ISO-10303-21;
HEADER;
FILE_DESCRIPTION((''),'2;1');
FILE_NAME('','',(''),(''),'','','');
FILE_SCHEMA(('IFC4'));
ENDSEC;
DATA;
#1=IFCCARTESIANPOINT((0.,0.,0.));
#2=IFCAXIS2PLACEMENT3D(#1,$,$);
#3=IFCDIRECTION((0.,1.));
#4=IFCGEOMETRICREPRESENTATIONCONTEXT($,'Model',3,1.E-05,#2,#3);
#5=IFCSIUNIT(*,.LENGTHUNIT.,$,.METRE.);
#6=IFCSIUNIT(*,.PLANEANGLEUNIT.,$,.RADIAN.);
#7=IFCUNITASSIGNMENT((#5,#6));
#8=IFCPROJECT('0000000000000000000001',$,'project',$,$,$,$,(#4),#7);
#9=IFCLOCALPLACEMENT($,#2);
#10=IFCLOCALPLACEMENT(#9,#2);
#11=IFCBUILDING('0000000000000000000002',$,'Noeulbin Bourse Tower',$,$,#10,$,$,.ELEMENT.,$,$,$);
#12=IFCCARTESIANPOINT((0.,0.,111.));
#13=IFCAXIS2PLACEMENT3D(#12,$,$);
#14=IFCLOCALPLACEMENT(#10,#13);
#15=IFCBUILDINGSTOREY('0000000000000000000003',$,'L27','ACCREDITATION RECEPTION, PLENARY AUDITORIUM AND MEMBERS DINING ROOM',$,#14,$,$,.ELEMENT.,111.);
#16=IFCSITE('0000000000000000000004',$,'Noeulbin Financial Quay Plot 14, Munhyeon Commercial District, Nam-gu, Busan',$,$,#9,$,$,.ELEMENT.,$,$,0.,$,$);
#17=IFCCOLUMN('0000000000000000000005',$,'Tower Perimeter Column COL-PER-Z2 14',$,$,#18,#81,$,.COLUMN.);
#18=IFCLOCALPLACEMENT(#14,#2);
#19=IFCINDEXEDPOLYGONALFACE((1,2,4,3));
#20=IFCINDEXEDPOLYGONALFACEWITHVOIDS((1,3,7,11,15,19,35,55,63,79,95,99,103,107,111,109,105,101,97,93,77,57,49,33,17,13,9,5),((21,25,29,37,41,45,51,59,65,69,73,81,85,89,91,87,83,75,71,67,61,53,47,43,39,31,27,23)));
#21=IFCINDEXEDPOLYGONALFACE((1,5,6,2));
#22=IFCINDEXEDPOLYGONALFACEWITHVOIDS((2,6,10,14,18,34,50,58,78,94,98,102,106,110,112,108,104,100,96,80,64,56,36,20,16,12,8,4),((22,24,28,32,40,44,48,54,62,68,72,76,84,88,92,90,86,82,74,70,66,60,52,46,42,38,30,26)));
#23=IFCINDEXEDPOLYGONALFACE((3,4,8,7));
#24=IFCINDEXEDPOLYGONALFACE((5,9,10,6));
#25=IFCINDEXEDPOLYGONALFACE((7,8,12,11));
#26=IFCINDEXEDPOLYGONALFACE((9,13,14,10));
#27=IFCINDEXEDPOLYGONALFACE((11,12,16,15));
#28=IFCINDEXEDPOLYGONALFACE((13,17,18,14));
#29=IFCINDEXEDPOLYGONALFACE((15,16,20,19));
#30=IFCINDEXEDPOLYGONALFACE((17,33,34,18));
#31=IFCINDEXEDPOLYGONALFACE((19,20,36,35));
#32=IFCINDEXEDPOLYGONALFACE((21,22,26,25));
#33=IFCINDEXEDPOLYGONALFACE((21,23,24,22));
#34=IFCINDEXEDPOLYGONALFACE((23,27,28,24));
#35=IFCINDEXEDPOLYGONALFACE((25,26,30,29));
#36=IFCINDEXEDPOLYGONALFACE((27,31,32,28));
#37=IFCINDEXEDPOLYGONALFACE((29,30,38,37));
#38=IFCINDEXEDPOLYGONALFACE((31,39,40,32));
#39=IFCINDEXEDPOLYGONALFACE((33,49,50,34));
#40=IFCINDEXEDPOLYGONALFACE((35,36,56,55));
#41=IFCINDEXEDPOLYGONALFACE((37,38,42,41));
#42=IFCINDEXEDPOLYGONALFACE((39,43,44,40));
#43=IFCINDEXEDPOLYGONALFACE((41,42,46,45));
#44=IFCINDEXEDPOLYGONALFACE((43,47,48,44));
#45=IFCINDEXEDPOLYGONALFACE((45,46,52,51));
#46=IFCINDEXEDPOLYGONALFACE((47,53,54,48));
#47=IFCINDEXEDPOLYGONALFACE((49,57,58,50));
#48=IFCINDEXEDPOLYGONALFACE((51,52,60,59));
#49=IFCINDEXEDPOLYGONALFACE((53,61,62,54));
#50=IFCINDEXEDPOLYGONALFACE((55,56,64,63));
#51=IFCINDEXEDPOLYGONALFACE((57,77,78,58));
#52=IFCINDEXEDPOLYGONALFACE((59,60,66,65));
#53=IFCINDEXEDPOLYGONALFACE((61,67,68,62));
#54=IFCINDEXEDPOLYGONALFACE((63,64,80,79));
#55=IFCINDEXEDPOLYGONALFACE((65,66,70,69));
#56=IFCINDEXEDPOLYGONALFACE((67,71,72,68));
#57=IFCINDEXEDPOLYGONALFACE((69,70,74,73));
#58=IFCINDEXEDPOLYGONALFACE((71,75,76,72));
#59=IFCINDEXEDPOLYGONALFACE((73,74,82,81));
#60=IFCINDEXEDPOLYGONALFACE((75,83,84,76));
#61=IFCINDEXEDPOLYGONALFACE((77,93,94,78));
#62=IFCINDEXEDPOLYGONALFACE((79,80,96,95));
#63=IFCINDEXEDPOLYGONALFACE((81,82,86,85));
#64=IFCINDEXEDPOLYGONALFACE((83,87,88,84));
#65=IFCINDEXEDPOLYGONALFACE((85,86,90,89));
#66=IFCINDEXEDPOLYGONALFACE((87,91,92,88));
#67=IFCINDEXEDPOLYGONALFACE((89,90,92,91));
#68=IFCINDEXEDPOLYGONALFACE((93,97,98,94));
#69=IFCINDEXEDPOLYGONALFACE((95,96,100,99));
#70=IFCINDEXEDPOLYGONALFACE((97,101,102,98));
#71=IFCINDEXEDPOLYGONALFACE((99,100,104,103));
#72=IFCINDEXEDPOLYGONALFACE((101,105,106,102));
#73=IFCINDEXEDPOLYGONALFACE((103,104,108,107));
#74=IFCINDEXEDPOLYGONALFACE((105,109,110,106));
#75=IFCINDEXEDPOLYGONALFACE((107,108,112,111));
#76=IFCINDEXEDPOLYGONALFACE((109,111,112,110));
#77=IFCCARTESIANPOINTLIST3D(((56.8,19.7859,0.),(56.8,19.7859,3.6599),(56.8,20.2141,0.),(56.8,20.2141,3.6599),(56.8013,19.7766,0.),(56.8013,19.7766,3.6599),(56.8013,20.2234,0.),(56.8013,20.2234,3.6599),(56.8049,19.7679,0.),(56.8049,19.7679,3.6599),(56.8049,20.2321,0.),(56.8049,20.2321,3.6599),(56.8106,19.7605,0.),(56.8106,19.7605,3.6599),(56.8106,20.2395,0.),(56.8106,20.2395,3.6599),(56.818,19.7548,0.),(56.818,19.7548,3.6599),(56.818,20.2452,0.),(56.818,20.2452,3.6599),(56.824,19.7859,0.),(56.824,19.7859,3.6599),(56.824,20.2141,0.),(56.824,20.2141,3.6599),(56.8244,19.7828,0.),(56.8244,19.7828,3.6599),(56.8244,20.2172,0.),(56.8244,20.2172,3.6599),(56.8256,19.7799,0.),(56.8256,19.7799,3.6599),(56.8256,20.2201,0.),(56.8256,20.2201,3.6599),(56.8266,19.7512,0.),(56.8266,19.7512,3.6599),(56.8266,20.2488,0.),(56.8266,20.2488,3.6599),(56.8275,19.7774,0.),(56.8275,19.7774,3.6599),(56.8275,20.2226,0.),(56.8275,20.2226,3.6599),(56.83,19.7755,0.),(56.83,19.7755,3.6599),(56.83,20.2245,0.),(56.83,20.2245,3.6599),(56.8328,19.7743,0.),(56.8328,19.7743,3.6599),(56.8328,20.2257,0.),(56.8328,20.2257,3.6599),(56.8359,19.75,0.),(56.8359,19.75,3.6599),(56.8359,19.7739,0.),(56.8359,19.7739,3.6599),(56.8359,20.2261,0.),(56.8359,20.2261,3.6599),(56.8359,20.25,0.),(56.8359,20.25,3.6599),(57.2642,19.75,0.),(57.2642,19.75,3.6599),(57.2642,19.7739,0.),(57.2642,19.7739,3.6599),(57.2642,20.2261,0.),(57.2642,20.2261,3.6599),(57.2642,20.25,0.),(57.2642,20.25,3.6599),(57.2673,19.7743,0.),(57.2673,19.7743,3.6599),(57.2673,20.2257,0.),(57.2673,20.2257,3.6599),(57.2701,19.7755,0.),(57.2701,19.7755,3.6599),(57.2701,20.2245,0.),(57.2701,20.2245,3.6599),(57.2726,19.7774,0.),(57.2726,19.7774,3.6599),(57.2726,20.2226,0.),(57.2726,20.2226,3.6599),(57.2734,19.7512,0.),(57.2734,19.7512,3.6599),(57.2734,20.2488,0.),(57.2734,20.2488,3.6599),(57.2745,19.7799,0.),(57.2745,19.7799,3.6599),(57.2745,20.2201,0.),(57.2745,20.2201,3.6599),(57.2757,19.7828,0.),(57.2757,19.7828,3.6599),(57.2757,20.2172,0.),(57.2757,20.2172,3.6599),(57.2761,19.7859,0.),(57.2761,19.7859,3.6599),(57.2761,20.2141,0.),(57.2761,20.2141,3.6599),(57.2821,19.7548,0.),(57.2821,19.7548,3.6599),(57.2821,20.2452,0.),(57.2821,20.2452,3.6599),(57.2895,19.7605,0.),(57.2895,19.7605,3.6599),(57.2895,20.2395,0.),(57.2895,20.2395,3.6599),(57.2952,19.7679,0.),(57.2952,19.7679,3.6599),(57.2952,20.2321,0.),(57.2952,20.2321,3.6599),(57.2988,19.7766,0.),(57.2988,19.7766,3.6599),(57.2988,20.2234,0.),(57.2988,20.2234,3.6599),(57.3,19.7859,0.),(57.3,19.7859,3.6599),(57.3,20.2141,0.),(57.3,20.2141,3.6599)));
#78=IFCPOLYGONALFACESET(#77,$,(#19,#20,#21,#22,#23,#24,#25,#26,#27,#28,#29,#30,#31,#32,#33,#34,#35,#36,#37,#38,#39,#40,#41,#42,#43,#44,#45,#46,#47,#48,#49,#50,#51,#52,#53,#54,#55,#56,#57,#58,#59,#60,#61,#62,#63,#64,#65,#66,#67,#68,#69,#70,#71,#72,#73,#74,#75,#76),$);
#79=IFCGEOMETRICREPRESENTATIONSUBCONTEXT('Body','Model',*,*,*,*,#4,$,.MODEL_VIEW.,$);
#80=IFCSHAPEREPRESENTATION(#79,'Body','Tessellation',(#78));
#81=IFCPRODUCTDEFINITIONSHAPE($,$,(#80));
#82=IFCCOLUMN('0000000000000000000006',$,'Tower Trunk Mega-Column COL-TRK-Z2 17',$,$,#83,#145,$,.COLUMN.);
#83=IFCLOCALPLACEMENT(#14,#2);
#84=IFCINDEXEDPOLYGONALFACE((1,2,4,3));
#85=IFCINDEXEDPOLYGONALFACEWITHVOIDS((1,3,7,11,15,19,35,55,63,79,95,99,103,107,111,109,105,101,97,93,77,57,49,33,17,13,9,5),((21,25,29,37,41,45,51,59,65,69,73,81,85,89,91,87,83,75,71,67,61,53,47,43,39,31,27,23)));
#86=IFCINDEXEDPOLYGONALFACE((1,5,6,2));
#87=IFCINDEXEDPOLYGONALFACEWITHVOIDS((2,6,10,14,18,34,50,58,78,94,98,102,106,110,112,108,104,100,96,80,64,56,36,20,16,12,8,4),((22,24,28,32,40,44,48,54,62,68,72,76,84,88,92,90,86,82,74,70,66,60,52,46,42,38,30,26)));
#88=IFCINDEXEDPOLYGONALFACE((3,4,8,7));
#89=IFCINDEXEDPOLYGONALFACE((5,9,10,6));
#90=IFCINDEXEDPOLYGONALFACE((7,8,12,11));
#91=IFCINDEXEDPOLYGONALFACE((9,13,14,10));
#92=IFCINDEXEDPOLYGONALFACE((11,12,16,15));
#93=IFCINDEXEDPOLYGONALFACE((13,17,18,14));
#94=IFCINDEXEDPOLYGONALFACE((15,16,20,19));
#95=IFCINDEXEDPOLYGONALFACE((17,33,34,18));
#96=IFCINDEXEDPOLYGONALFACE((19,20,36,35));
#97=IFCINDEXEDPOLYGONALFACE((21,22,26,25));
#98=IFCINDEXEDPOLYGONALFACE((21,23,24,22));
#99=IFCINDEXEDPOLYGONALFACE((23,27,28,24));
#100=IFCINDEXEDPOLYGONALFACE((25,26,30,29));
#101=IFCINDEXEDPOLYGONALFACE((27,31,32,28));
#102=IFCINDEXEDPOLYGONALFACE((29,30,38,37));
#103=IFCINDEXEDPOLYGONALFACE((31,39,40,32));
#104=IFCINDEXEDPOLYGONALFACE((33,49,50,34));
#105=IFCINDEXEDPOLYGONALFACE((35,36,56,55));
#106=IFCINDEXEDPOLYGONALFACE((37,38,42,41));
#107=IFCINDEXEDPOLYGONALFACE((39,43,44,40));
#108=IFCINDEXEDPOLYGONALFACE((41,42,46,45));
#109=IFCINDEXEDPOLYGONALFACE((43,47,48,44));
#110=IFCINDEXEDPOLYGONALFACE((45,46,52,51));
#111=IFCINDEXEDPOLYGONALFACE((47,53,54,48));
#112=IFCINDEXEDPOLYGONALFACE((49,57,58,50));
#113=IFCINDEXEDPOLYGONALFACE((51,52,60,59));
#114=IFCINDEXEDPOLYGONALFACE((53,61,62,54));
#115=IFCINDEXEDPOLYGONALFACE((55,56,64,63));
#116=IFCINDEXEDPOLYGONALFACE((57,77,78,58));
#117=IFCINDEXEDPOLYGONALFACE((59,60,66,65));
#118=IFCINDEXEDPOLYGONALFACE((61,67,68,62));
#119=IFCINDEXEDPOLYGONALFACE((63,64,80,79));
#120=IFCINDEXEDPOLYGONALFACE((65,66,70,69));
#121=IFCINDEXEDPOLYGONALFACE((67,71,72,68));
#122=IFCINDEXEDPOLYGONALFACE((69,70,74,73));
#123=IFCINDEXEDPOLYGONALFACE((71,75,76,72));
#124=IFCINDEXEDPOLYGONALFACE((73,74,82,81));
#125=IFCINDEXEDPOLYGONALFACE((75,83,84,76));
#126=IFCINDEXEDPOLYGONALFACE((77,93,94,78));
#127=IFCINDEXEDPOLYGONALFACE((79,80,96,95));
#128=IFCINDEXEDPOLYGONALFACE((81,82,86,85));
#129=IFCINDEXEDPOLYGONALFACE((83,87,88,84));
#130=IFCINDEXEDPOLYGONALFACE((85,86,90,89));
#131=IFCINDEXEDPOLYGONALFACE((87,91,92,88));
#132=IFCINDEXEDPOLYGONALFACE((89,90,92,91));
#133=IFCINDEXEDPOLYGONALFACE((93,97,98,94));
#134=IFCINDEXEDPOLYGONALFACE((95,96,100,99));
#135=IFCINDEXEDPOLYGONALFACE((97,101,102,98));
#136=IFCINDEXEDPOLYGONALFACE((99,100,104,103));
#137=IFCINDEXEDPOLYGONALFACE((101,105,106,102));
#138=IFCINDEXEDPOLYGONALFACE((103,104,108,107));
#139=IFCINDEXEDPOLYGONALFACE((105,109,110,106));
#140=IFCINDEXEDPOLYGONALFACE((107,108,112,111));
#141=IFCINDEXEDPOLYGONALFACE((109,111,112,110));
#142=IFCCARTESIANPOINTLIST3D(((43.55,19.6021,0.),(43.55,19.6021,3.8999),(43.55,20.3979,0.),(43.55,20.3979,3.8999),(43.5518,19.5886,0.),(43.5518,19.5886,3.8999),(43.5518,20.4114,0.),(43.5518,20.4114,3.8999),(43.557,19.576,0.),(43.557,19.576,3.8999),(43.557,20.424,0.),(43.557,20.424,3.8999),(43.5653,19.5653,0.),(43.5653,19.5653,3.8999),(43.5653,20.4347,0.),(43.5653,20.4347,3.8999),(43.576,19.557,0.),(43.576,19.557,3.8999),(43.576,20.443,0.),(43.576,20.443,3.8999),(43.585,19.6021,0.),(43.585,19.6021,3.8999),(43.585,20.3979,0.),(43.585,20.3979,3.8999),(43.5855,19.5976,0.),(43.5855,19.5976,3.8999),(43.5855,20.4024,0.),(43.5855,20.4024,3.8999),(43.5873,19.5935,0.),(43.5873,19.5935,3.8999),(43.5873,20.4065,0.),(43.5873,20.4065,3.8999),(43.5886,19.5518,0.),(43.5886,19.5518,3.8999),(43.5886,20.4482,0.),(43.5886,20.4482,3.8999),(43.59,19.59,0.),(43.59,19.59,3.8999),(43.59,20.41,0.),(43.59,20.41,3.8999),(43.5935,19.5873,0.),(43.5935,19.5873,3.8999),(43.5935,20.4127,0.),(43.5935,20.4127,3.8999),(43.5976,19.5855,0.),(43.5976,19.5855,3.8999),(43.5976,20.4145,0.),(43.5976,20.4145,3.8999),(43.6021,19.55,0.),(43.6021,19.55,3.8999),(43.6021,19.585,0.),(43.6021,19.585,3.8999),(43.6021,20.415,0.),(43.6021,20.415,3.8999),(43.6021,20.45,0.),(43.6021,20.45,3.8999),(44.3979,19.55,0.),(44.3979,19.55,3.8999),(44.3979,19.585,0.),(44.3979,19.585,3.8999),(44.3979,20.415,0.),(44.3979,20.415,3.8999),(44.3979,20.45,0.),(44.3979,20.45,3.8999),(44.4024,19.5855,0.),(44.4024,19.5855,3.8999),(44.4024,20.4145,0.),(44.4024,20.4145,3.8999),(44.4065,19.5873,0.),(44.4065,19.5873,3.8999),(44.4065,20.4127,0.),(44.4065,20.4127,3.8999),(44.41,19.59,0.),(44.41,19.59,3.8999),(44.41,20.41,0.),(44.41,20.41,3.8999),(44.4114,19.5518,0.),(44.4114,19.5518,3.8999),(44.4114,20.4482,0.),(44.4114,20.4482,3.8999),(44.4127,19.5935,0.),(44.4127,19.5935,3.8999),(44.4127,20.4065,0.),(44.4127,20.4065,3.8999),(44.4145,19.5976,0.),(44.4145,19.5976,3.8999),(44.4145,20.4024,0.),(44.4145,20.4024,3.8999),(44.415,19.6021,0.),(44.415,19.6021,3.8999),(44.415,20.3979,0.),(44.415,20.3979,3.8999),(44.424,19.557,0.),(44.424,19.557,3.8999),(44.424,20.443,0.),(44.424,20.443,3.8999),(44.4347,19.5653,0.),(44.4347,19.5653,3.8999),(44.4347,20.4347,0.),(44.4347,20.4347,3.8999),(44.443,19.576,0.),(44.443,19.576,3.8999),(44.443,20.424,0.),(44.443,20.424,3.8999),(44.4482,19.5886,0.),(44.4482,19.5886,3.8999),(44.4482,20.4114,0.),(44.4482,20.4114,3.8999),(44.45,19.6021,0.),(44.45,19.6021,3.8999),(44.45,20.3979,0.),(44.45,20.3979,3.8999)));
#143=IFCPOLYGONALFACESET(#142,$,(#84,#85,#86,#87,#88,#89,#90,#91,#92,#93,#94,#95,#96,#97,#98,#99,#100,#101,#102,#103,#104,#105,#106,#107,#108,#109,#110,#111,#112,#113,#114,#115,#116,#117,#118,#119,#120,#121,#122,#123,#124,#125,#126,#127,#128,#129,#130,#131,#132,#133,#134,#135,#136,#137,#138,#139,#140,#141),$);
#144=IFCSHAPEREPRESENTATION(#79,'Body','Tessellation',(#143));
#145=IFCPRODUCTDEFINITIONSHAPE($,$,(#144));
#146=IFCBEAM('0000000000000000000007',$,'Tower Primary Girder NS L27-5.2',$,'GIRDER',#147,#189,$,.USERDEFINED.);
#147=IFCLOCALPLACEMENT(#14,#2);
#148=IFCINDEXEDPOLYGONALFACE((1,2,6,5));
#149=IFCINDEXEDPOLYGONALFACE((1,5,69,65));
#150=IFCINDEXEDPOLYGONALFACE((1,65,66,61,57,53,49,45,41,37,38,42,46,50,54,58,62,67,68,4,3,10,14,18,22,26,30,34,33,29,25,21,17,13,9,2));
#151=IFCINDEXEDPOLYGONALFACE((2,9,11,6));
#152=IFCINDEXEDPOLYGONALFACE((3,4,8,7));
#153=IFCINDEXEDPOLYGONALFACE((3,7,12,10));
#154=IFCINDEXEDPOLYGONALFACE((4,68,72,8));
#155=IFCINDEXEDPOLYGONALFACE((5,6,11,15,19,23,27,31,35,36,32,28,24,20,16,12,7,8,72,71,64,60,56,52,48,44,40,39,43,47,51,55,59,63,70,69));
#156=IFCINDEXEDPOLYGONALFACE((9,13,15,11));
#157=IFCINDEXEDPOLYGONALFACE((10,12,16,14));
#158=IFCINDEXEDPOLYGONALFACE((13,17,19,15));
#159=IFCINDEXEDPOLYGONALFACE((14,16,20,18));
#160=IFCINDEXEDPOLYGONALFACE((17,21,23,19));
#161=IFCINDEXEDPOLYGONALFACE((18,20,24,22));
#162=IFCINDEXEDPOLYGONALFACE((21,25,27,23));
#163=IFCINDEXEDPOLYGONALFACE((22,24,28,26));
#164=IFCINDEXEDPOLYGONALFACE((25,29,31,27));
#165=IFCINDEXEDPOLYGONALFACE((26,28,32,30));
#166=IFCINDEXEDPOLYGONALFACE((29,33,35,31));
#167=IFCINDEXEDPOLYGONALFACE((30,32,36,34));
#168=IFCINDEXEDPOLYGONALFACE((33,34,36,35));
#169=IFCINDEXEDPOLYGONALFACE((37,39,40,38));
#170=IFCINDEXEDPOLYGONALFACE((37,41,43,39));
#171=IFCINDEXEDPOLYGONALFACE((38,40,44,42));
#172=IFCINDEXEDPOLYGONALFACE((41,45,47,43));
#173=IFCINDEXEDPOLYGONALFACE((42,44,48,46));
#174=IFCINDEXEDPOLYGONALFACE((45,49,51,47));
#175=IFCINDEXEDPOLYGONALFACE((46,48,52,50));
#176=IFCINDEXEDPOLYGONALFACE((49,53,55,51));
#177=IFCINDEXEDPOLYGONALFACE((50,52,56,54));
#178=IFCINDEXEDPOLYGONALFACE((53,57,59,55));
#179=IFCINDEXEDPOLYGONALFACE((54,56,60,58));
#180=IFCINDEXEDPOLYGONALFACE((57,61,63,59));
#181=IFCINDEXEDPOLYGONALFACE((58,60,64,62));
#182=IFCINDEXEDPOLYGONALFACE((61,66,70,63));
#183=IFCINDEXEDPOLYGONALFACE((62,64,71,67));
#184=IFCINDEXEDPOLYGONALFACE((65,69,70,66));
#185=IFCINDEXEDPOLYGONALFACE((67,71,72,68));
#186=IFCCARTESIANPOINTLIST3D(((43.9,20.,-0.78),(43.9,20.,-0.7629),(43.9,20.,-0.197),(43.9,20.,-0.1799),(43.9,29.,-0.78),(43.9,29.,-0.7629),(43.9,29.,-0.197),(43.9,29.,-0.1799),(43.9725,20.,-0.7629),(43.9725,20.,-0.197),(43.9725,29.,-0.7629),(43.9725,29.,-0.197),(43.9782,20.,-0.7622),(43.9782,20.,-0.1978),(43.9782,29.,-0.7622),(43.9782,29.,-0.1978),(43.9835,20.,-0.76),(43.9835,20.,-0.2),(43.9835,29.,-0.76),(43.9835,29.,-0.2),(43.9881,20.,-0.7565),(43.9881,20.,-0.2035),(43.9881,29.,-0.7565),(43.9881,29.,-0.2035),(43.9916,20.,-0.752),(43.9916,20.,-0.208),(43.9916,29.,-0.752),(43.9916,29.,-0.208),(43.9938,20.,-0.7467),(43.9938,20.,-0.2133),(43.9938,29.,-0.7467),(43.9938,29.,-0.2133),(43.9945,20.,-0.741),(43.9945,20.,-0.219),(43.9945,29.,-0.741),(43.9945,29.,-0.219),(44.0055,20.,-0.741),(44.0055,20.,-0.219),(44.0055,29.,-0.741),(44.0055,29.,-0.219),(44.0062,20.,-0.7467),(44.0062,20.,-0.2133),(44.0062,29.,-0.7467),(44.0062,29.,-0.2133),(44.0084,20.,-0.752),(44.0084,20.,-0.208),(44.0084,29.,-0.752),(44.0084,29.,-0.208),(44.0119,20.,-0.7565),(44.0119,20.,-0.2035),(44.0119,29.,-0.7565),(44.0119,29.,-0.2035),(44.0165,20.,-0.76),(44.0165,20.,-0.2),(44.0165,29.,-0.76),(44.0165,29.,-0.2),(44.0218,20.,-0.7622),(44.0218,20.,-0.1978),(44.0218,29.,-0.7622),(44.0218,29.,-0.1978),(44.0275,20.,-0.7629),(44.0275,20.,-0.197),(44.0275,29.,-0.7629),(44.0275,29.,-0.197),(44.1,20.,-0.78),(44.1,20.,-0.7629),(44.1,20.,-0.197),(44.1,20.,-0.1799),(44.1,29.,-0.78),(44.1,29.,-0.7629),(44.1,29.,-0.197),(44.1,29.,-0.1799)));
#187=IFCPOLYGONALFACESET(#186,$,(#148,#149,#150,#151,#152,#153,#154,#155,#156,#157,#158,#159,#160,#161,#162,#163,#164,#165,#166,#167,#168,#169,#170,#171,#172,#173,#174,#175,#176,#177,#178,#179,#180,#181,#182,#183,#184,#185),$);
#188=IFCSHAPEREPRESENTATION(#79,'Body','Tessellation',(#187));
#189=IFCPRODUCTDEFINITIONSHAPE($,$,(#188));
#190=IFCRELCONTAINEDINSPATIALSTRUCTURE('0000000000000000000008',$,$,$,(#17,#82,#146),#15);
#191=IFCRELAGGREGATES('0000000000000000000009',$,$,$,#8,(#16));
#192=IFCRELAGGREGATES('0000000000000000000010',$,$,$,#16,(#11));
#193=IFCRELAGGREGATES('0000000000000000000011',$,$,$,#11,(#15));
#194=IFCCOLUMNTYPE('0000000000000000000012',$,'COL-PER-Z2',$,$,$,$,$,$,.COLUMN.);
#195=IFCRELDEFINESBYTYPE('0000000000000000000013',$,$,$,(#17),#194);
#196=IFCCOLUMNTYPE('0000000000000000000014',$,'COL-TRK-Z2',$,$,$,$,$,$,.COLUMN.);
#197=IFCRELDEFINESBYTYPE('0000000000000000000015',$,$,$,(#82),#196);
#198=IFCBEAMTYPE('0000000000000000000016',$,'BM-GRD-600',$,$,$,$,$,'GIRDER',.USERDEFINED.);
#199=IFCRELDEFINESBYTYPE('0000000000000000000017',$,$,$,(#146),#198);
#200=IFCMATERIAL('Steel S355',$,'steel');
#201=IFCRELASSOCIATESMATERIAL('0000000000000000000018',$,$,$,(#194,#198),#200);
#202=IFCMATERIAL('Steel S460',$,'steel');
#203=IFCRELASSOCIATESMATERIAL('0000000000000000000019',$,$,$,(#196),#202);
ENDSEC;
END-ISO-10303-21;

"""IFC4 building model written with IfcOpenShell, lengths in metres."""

from ifc_helpers import new_model, si_unit, direction, frame, origin, origin_2d, place, context, subcontext, project, spatial, hollow_rectangle, i_section, extrude, material, material_profile, profile_set, type_object, element, save


model = new_model("IFC4")

# Units and contexts
model_context = context("Model", 3, precision=1e-05, world=origin(), true_north=direction((0.0, 1.0)))
body_context = subcontext(model_context, "Body", "Model", "MODEL_VIEW")
ifc_project = project(units=[si_unit("LENGTHUNIT", "METRE"), si_unit("PLANEANGLEUNIT", "RADIAN")], contexts=[model_context])

# Site, building, storey
site_placement = place(None, origin())
site = spatial("IfcSite", under=ifc_project, at=site_placement, Name="Noeulbin Financial Quay Plot 14, Munhyeon Commercial District, Nam-gu, Busan", CompositionType="ELEMENT", RefElevation=0.0)
building_placement = place(site_placement, origin())
building = spatial("IfcBuilding", under=site, at=building_placement, Name="Noeulbin Bourse Tower", CompositionType="ELEMENT")
storey_placement = place(building_placement, frame((0.0, 0.0, 111.0)))
storey = spatial("IfcBuildingStorey", under=building, at=storey_placement, Name="L27", Description="ACCREDITATION RECEPTION, PLENARY AUDITORIUM AND MEMBERS DINING ROOM", CompositionType="ELEMENT", Elevation=111.0)

# Columns
ifc_material_1 = material(Name="Steel S355", Category="steel")
ifc_material_profile_1 = material_profile(ifc_material_1, hollow_rectangle(XDim=0.5, YDim=0.5, WallThickness=0.0239, InnerFilletRadius=0.012, OuterFilletRadius=0.0359, at=origin_2d()), Name="BOX-500x500x24", Category="LoadBearing")
ifc_profile_set_1 = profile_set([ifc_material_profile_1], Name="Steel S355")
column_type_1 = type_object("IfcColumnType", Name="COL-PER-Z2", PredefinedType="COLUMN", material=ifc_profile_set_1)
column_1_placement = place(storey_placement, frame((57.05, 20.0, 0.0), z_axis=(0.0, 0.0, 1.0), x_axis=(1.0, 0.0, 0.0)))
element("IfcColumn", 1, at=column_1_placement, inside=storey, type_object=column_type_1, Name="Tower Perimeter Column COL-PER-Z2 14", PredefinedType="COLUMN", context=body_context, shape_type="SweptSolid", body=[
    extrude(hollow_rectangle(XDim=0.5, YDim=0.5, WallThickness=0.0239, InnerFilletRadius=0.012, OuterFilletRadius=0.0359, at=origin_2d()), origin(), (0.0, 0.0, 1.0), 3.6599),
])
ifc_material_2 = material(Name="Steel S460", Category="steel")
ifc_material_profile_2 = material_profile(ifc_material_2, hollow_rectangle(XDim=0.8999, YDim=0.8999, WallThickness=0.0349, InnerFilletRadius=0.0171, OuterFilletRadius=0.052, at=origin_2d()), Name="BOX-900x900x35", Category="LoadBearing")
ifc_profile_set_2 = profile_set([ifc_material_profile_2], Name="Steel S460")
column_type_2 = type_object("IfcColumnType", Name="COL-TRK-Z2", PredefinedType="COLUMN", material=ifc_profile_set_2)
column_2_placement = place(storey_placement, frame((44.0, 20.0, 0.0), z_axis=(0.0, 0.0, 1.0), x_axis=(1.0, 0.0, 0.0)))
element("IfcColumn", 2, at=column_2_placement, inside=storey, type_object=column_type_2, Name="Tower Trunk Mega-Column COL-TRK-Z2 17", PredefinedType="COLUMN", context=body_context, shape_type="SweptSolid", body=[
    extrude(hollow_rectangle(XDim=0.8999, YDim=0.8999, WallThickness=0.0349, InnerFilletRadius=0.0171, OuterFilletRadius=0.052, at=origin_2d()), origin(), (0.0, 0.0, 1.0), 3.8999),
])

# Beam
ifc_material_profile_3 = material_profile(ifc_material_1, i_section(OverallWidth=0.2, OverallDepth=0.6001, WebThickness=0.011, FlangeThickness=0.0171, FilletRadius=0.022, at=origin_2d()), Name="H-600x200x11x17", Category="LoadBearing")
ifc_profile_set_3 = profile_set([ifc_material_profile_3], Name="Steel S355")
beam_type_1 = type_object("IfcBeamType", Name="BM-GRD-600", ElementType="GIRDER", PredefinedType="USERDEFINED", material=ifc_profile_set_3)
beam_1_placement = place(storey_placement, frame((44.0, 20.0, -0.48), z_axis=(0.0, 1.0, 0.0), x_axis=(-1.0, 0.0, 0.0)))
element("IfcBeam", 3, at=beam_1_placement, inside=storey, type_object=beam_type_1, Name="Tower Primary Girder NS L27-5.2", ObjectType="GIRDER", PredefinedType="USERDEFINED", context=body_context, shape_type="SweptSolid", body=[
    extrude(i_section(OverallWidth=0.2, OverallDepth=0.6001, WebThickness=0.011, FlangeThickness=0.0171, FilletRadius=0.022, at=origin_2d()), origin(), (0.0, 0.0, 1.0), 9.0),
])

save(model, "model.ifc")
